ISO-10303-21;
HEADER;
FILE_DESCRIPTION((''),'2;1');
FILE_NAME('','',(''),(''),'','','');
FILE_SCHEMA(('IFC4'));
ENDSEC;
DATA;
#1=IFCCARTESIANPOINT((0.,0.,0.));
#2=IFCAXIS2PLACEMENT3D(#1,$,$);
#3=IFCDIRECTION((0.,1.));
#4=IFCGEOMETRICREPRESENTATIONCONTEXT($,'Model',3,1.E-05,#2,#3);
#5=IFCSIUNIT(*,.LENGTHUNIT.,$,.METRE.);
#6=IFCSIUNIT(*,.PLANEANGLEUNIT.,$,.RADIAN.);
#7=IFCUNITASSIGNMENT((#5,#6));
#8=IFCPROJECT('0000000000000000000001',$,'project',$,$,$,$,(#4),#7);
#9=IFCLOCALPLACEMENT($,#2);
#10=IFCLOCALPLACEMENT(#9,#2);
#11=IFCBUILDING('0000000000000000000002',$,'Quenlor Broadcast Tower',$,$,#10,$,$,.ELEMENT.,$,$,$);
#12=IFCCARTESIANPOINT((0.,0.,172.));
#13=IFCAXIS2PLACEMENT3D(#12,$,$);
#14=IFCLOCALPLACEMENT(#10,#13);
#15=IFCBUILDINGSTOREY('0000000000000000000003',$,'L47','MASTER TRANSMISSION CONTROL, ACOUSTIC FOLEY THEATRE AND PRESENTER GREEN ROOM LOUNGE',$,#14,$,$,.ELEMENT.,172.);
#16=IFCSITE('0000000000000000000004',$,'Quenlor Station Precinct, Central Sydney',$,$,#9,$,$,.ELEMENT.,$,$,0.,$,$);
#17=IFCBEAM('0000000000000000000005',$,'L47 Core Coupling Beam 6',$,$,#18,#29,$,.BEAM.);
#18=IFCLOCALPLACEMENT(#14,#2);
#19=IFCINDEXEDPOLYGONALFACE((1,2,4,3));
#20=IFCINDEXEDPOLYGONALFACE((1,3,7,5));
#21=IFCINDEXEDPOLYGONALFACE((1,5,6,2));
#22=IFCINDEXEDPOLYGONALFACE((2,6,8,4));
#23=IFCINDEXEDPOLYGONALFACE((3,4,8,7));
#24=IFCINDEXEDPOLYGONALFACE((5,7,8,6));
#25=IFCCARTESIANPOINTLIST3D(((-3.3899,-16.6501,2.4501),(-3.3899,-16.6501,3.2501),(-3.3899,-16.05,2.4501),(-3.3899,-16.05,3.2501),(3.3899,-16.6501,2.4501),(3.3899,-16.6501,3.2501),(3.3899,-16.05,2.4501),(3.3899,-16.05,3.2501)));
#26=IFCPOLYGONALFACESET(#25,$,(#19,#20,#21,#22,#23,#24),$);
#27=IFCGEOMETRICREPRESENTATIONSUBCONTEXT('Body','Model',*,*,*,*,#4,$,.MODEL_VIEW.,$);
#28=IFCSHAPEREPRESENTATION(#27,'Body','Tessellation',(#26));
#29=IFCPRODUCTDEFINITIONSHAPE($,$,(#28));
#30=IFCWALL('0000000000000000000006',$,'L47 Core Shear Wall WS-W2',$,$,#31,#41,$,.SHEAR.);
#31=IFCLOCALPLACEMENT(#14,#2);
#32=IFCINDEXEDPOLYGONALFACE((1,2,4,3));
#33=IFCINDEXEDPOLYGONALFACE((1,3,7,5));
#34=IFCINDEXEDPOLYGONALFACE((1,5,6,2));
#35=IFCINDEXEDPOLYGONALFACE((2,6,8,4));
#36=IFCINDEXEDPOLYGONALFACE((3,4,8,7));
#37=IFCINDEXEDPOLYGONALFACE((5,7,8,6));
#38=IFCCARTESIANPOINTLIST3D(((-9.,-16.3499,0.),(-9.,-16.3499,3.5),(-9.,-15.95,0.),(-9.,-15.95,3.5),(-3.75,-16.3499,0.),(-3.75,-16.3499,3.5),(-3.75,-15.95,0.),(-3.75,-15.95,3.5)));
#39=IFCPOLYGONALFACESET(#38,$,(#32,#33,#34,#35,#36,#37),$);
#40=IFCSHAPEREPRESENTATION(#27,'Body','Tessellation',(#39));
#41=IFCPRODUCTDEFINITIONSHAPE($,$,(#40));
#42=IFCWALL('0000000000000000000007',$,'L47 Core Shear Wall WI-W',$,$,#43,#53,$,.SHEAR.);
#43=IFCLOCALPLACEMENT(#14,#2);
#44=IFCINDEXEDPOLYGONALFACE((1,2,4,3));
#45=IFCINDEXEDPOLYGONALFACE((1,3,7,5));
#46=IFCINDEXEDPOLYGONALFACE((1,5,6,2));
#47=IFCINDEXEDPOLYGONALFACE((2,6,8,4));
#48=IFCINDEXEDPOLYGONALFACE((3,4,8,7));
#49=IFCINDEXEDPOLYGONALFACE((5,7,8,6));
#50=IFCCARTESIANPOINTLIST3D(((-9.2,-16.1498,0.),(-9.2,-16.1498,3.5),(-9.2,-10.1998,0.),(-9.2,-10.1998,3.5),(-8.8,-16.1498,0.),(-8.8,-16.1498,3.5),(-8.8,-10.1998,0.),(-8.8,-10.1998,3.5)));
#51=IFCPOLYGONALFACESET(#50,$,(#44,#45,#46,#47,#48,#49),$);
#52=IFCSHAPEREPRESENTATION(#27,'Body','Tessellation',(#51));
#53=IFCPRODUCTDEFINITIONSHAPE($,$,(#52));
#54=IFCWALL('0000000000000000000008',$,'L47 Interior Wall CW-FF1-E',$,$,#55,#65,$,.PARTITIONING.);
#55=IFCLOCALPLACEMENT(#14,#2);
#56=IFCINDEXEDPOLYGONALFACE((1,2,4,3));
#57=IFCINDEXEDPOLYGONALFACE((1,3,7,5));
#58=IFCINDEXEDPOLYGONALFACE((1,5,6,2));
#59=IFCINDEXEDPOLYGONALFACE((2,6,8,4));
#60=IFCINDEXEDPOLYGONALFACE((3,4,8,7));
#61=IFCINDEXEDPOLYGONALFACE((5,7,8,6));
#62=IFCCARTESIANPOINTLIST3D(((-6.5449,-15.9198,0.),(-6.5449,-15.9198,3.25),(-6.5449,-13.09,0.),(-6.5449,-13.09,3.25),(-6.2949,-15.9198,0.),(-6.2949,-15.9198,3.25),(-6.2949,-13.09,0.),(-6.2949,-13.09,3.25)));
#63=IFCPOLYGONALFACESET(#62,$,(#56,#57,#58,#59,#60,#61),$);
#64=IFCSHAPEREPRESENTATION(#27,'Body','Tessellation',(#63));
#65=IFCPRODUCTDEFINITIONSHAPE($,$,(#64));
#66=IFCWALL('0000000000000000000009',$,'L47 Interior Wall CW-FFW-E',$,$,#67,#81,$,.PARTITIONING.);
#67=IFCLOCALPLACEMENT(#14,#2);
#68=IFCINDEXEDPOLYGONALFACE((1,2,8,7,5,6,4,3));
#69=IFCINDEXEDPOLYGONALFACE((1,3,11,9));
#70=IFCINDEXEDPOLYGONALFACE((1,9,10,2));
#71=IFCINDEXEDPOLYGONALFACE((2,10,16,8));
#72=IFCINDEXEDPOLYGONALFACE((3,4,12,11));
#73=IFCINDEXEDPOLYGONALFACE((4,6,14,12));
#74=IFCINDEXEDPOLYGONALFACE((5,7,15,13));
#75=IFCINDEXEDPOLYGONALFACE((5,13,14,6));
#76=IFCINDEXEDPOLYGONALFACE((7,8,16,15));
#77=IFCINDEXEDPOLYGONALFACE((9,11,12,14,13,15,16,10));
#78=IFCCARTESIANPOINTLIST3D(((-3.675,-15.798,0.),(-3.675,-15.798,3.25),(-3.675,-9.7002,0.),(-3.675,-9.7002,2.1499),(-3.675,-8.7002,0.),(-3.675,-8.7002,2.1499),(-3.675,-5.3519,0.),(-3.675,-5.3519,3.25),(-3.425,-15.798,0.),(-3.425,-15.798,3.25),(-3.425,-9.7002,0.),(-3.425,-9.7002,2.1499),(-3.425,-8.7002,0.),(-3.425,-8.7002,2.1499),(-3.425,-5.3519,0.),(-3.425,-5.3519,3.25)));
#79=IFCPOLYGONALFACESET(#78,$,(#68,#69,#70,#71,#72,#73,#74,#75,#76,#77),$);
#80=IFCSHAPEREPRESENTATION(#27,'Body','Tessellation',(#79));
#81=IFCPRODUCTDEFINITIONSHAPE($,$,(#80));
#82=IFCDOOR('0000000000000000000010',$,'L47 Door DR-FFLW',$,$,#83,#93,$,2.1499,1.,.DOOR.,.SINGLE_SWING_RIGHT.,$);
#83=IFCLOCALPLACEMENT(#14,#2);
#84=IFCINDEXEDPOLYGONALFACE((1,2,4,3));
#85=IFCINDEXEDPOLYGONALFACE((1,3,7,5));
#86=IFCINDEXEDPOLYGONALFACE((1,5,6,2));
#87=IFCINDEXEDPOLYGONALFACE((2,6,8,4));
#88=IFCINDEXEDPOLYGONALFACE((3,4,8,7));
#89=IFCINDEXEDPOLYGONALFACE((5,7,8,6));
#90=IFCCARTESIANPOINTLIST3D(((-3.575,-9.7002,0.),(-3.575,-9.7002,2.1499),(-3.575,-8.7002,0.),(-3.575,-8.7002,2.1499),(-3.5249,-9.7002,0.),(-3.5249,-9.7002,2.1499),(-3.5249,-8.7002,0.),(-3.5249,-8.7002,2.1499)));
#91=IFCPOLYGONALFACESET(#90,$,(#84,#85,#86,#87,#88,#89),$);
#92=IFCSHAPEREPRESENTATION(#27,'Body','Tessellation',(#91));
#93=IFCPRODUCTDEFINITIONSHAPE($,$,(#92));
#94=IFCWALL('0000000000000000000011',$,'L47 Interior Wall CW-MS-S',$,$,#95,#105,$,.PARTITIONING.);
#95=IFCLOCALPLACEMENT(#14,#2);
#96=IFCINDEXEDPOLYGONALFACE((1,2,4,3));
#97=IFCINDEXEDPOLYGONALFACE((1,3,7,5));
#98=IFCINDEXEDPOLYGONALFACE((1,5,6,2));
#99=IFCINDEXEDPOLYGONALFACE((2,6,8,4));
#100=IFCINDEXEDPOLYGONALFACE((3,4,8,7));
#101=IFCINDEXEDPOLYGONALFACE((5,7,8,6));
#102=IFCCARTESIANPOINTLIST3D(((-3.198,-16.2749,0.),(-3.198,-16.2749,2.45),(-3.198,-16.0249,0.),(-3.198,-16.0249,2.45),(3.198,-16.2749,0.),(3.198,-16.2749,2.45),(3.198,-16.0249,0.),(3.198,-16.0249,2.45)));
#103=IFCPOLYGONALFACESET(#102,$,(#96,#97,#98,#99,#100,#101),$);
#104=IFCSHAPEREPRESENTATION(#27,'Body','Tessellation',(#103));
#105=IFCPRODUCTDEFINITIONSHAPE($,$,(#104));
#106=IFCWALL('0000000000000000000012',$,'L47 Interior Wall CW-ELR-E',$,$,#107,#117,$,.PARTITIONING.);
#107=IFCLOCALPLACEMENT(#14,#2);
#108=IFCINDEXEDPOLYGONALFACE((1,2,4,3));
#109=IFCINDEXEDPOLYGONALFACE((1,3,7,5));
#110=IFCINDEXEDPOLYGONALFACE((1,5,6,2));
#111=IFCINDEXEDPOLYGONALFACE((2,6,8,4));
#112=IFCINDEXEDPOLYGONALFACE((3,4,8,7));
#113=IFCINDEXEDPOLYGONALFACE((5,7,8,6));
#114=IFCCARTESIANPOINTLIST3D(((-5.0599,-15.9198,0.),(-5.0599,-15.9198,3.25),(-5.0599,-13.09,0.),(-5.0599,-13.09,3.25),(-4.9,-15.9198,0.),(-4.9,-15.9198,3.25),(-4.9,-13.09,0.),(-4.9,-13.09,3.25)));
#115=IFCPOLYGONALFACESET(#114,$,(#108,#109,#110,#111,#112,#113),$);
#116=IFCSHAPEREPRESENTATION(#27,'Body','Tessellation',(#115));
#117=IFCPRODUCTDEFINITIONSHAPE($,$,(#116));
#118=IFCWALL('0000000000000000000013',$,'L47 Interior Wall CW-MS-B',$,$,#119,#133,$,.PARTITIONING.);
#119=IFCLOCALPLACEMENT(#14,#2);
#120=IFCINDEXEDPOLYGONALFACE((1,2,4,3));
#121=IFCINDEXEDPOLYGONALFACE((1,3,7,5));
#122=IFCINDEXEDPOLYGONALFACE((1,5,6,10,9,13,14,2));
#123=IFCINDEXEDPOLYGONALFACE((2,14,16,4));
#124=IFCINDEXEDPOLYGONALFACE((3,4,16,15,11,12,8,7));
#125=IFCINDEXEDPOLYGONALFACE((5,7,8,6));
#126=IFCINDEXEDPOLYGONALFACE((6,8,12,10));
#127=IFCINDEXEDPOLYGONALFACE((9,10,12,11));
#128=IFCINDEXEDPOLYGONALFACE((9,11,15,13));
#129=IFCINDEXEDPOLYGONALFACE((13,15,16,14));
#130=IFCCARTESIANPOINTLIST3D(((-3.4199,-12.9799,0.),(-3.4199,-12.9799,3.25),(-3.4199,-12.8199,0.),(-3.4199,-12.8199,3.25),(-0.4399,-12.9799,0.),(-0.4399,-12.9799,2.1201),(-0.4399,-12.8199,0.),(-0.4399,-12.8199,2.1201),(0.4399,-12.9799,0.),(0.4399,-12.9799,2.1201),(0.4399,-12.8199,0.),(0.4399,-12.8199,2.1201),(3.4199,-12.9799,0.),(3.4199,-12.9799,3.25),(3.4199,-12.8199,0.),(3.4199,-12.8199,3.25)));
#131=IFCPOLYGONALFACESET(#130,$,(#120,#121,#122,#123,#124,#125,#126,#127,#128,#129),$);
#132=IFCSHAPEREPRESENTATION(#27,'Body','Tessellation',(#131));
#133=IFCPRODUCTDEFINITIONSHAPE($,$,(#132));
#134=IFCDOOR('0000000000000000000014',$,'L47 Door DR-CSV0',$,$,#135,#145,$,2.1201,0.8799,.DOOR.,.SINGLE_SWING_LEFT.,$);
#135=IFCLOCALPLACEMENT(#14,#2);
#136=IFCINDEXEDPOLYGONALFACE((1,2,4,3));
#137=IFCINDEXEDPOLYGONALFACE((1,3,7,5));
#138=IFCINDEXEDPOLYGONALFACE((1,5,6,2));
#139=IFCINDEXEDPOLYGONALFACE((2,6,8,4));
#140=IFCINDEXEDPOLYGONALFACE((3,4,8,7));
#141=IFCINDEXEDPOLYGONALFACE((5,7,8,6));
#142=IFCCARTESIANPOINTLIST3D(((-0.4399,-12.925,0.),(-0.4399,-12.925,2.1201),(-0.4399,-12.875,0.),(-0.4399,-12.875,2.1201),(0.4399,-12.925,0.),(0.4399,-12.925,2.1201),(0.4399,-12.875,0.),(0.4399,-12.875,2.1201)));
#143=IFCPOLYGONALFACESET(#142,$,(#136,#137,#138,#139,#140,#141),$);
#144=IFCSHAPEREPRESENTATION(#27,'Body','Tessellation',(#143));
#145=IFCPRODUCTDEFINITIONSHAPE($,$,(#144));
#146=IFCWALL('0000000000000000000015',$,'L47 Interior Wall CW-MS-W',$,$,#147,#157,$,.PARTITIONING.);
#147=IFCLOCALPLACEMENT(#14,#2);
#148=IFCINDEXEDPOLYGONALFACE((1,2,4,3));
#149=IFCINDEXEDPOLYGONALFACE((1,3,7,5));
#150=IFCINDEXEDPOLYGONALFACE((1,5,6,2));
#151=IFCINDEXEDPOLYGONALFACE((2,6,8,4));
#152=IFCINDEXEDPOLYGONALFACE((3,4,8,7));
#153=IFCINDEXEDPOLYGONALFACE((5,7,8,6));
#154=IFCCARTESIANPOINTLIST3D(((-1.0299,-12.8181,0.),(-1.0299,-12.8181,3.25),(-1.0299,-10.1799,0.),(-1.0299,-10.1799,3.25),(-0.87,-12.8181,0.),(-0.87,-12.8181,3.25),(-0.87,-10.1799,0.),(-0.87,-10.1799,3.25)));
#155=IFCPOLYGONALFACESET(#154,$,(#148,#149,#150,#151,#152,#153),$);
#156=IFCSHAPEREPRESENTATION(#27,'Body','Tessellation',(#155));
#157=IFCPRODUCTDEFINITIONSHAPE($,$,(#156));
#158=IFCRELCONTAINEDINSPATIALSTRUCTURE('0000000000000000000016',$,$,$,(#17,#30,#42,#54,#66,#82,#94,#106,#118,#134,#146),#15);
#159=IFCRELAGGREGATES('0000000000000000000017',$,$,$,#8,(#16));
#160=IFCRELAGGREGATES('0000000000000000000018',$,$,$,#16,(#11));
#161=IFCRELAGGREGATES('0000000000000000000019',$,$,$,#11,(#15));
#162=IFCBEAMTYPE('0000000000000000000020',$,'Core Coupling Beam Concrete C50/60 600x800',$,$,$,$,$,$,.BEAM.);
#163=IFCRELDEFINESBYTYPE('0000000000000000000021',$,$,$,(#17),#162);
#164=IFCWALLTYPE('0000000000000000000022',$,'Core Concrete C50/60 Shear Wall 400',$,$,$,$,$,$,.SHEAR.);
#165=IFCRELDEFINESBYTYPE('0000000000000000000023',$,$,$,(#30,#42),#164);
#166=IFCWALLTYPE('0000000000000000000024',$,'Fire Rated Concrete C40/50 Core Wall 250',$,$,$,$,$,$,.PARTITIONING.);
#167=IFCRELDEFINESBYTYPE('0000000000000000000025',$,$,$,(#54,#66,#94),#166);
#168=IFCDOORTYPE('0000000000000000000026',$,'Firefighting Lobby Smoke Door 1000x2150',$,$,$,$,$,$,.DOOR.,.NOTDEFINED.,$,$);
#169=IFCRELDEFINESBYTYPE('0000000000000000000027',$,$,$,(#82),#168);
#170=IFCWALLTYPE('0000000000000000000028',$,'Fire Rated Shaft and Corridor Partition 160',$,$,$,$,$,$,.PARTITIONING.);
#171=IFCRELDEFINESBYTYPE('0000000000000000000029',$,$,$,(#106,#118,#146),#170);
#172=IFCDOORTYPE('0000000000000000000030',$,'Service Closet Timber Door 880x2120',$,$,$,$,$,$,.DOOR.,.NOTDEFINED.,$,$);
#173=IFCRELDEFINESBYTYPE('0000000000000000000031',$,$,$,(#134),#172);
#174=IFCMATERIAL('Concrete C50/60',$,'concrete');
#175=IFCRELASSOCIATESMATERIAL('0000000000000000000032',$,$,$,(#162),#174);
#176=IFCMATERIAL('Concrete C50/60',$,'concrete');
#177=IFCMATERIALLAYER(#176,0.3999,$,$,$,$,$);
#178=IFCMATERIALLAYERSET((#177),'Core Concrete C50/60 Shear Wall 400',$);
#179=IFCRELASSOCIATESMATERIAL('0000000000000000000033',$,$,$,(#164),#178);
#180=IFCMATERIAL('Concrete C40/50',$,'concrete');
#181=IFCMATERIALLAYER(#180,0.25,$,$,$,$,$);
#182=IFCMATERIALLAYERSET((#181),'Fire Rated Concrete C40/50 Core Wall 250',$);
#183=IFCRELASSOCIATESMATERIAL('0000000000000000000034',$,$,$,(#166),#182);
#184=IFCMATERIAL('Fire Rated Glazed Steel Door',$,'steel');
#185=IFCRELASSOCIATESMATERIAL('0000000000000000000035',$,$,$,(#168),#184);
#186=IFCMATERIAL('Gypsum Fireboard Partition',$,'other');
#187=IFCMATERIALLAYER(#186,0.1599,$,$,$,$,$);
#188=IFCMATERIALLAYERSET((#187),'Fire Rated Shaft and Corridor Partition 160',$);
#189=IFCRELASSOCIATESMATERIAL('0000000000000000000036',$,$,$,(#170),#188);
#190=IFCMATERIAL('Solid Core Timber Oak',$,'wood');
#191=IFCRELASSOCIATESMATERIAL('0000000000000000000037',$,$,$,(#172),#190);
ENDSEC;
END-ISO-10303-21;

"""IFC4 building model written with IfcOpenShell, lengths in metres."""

from ifc_helpers import new_model, si_unit, direction, frame, frame_2d, origin, origin_2d, place, context, subcontext, project, spatial, rectangle, extrude, material, layer, layer_set, material_profile, profile_set, type_object, element, fill, save


model = new_model("IFC4")

# Units and contexts
model_context = context("Model", 3, precision=1e-05, world=origin(), true_north=direction((0.0, 1.0)))
body_context = subcontext(model_context, "Body", "Model", "MODEL_VIEW")
ifc_project = project(units=[si_unit("LENGTHUNIT", "METRE"), si_unit("PLANEANGLEUNIT", "RADIAN")], contexts=[model_context])

# Site, building, storey
site_placement = place(None, origin())
site = spatial("IfcSite", under=ifc_project, at=site_placement, Name="Quenlor Station Precinct, Central Sydney", CompositionType="ELEMENT", RefElevation=0.0)
building_placement = place(site_placement, origin())
building = spatial("IfcBuilding", under=site, at=building_placement, Name="Quenlor Broadcast Tower", CompositionType="ELEMENT")
storey_placement = place(building_placement, frame((0.0, 0.0, 172.0)))
storey = spatial("IfcBuildingStorey", under=building, at=storey_placement, Name="L47", Description="MASTER TRANSMISSION CONTROL, ACOUSTIC FOLEY THEATRE AND PRESENTER GREEN ROOM LOUNGE", CompositionType="ELEMENT", Elevation=172.0)

# Beam
ifc_material_1 = material(Name="Concrete C50/60", Category="concrete")
ifc_material_profile = material_profile(ifc_material_1, rectangle(XDim=0.6001, YDim=0.8, at=origin_2d()))
ifc_profile_set = profile_set([ifc_material_profile], Name="Concrete C50/60 RCB600x800")
beam_type = type_object("IfcBeamType", Name="Core Coupling Beam Concrete C50/60 600x800", PredefinedType="BEAM", material=ifc_profile_set)
beam_placement = place(storey_placement, frame((-3.3899, -16.3501, 2.8501), z_axis=(1.0, 0.0, 0.0), x_axis=(0.0, 1.0, 0.0)))
element("IfcBeam", 1, at=beam_placement, inside=storey, type_object=beam_type, Name="L47 Core Coupling Beam 6", PredefinedType="BEAM", context=body_context, shape_type="SweptSolid", body=[
    extrude(rectangle(XDim=0.6001, YDim=0.8, at=origin_2d()), origin(), (0.0, 0.0, 1.0), 6.7798),
])

# Walls
ifc_material_2 = material(Name="Concrete C50/60", Category="concrete")
ifc_layer_1 = layer(ifc_material_2, 0.3999)
ifc_layer_set_1 = layer_set([ifc_layer_1], Name="Core Concrete C50/60 Shear Wall 400")
wall_type_1 = type_object("IfcWallType", Name="Core Concrete C50/60 Shear Wall 400", PredefinedType="SHEAR", material=ifc_layer_set_1)
wall_1_placement = place(storey_placement, frame((-9.0, -16.1499, 0.0), z_axis=(0.0, 0.0, 1.0), x_axis=(1.0, 0.0, 0.0)))
element("IfcWall", 2, at=wall_1_placement, inside=storey, type_object=wall_type_1, Name="L47 Core Shear Wall WS-W2", PredefinedType="SHEAR", context=body_context, shape_type="SweptSolid", body=[
    extrude(rectangle(XDim=5.25, YDim=0.3999, at=frame_2d((2.625, 0.0))), origin(), (0.0, 0.0, 1.0), 3.5),
])
wall_2_placement = place(storey_placement, frame((-9.0, -16.1499, 0.0), z_axis=(0.0, 0.0, 1.0), x_axis=(0.0, 1.0, 0.0)))
element("IfcWall", 3, at=wall_2_placement, inside=storey, type_object=wall_type_1, Name="L47 Core Shear Wall WI-W", PredefinedType="SHEAR", context=body_context, shape_type="SweptSolid", body=[
    extrude(rectangle(XDim=5.95, YDim=0.3999, at=frame_2d((2.9751, 0.0))), origin(), (0.0, 0.0, 1.0), 3.5),
])

# Shared definitions
ifc_material_3 = material(Name="Concrete C40/50", Category="concrete")
ifc_layer_2 = layer(ifc_material_3, 0.25)
ifc_layer_set_2 = layer_set([ifc_layer_2], Name="Fire Rated Concrete C40/50 Core Wall 250")
wall_type_2 = type_object("IfcWallType", Name="Fire Rated Concrete C40/50 Core Wall 250", PredefinedType="PARTITIONING", material=ifc_layer_set_2)

# Wall
wall_3_placement = place(storey_placement, frame((-6.4199, -15.9199, 0.0), z_axis=(0.0, 0.0, 1.0), x_axis=(0.0, 1.0, 0.0)))
element("IfcWall", 4, at=wall_3_placement, inside=storey, type_object=wall_type_2, Name="L47 Interior Wall CW-FF1-E", PredefinedType="PARTITIONING", context=body_context, shape_type="SweptSolid", body=[
    extrude(rectangle(XDim=2.8298, YDim=0.25, at=frame_2d((1.415, 0.0))), origin(), (0.0, 0.0, 1.0), 3.25),
])

# Wall, opening, door
wall_4_placement = place(storey_placement, frame((-3.55, -15.7981, 0.0), z_axis=(0.0, 0.0, 1.0), x_axis=(0.0, 1.0, 0.0)))
wall_4 = element("IfcWall", 5, at=wall_4_placement, inside=storey, type_object=wall_type_2, Name="L47 Interior Wall CW-FFW-E", PredefinedType="PARTITIONING", context=body_context, shape_type="SweptSolid", body=[
    extrude(rectangle(XDim=10.446, YDim=0.25, at=frame_2d((5.2231, 0.0))), origin(), (0.0, 0.0, 1.0), 3.25),
])
opening_1_placement = place(wall_4_placement, frame((6.0979, 0.0, 0.0)))
opening_1 = element("IfcOpeningElement", 6, at=opening_1_placement, cuts=wall_4, PredefinedType="OPENING", context=body_context, shape_type="SweptSolid", body=[
    extrude(rectangle(XDim=1.0, YDim=2.1499, at=frame_2d((0.5, 1.075))), frame((0.0, 0.135, 0.0), z_axis=(0.0, -1.0, 0.0), x_axis=(1.0, 0.0, 0.0)), (0.0, 0.0, 1.0), 0.27),
])
ifc_material_4 = material(Name="Fire Rated Glazed Steel Door", Category="steel")
door_type_1 = type_object("IfcDoorType", Name="Firefighting Lobby Smoke Door 1000x2150", OperationType="NOTDEFINED", PredefinedType="DOOR", material=ifc_material_4)
door_1_placement = place(opening_1_placement, origin())
door_1 = element("IfcDoor", 7, at=door_1_placement, inside=storey, type_object=door_type_1, Name="L47 Door DR-FFLW", OperationType="SINGLE_SWING_RIGHT", OverallHeight=2.1499, OverallWidth=1.0, PredefinedType="DOOR", context=body_context, shape_type="SweptSolid", body=[
    extrude(rectangle(XDim=1.0, YDim=2.1499, at=frame_2d((0.5, 1.075))), frame((0.0, 0.0249, 0.0), z_axis=(0.0, -1.0, 0.0), x_axis=(1.0, 0.0, 0.0)), (0.0, 0.0, 1.0), 0.05),
])
fill(opening_1, door_1)

# Walls
wall_5_placement = place(storey_placement, frame((-3.198, -16.1499, 0.0), z_axis=(0.0, 0.0, 1.0), x_axis=(1.0, 0.0, 0.0)))
element("IfcWall", 8, at=wall_5_placement, inside=storey, type_object=wall_type_2, Name="L47 Interior Wall CW-MS-S", PredefinedType="PARTITIONING", context=body_context, shape_type="SweptSolid", body=[
    extrude(rectangle(XDim=6.396, YDim=0.25, at=frame_2d((3.198, 0.0))), origin(), (0.0, 0.0, 1.0), 2.45),
])
ifc_material_5 = material(Name="Gypsum Fireboard Partition", Category="other")
ifc_layer_3 = layer(ifc_material_5, 0.1599)
ifc_layer_set_3 = layer_set([ifc_layer_3], Name="Fire Rated Shaft and Corridor Partition 160")
wall_type_3 = type_object("IfcWallType", Name="Fire Rated Shaft and Corridor Partition 160", PredefinedType="PARTITIONING", material=ifc_layer_set_3)
wall_6_placement = place(storey_placement, frame((-4.98, -15.9199, 0.0), z_axis=(0.0, 0.0, 1.0), x_axis=(0.0, 1.0, 0.0)))
element("IfcWall", 9, at=wall_6_placement, inside=storey, type_object=wall_type_3, Name="L47 Interior Wall CW-ELR-E", PredefinedType="PARTITIONING", context=body_context, shape_type="SweptSolid", body=[
    extrude(rectangle(XDim=2.8298, YDim=0.1599, at=frame_2d((1.415, 0.0))), origin(), (0.0, 0.0, 1.0), 3.25),
])

# Wall, opening, door
wall_7_placement = place(storey_placement, frame((-3.4199, -12.8999, 0.0), z_axis=(0.0, 0.0, 1.0), x_axis=(1.0, 0.0, 0.0)))
wall_7 = element("IfcWall", 10, at=wall_7_placement, inside=storey, type_object=wall_type_3, Name="L47 Interior Wall CW-MS-B", PredefinedType="PARTITIONING", context=body_context, shape_type="SweptSolid", body=[
    extrude(rectangle(XDim=6.8398, YDim=0.1599, at=frame_2d((3.4199, 0.0))), origin(), (0.0, 0.0, 1.0), 3.25),
])
opening_2_placement = place(wall_7_placement, frame((2.98, 0.0, 0.0)))
opening_2 = element("IfcOpeningElement", 11, at=opening_2_placement, cuts=wall_7, PredefinedType="OPENING", context=body_context, shape_type="SweptSolid", body=[
    extrude(rectangle(XDim=0.8799, YDim=2.1201, at=frame_2d((0.4399, 1.0601))), frame((0.0, 0.0898, 0.0), z_axis=(0.0, -1.0, 0.0), x_axis=(1.0, 0.0, 0.0)), (0.0, 0.0, 1.0), 0.1799),
])
ifc_material_6 = material(Name="Solid Core Timber Oak", Category="wood")
door_type_2 = type_object("IfcDoorType", Name="Service Closet Timber Door 880x2120", OperationType="NOTDEFINED", PredefinedType="DOOR", material=ifc_material_6)
door_2_placement = place(opening_2_placement, origin())
door_2 = element("IfcDoor", 12, at=door_2_placement, inside=storey, type_object=door_type_2, Name="L47 Door DR-CSV0", OperationType="SINGLE_SWING_LEFT", OverallHeight=2.1201, OverallWidth=0.8799, PredefinedType="DOOR", context=body_context, shape_type="SweptSolid", body=[
    extrude(rectangle(XDim=0.8799, YDim=2.1201, at=frame_2d((0.4399, 1.0601))), frame((0.0, 0.0249, 0.0), z_axis=(0.0, -1.0, 0.0), x_axis=(1.0, 0.0, 0.0)), (0.0, 0.0, 1.0), 0.05),
])
fill(opening_2, door_2)

# Wall
wall_8_placement = place(storey_placement, frame((-0.95, -12.8181, 0.0), z_axis=(0.0, 0.0, 1.0), x_axis=(0.0, 1.0, 0.0)))
element("IfcWall", 13, at=wall_8_placement, inside=storey, type_object=wall_type_3, Name="L47 Interior Wall CW-MS-W", PredefinedType="PARTITIONING", context=body_context, shape_type="SweptSolid", body=[
    extrude(rectangle(XDim=2.6382, YDim=0.1599, at=frame_2d((1.3191, 0.0))), origin(), (0.0, 0.0, 1.0), 3.25),
])

save(model, "model.ifc")
